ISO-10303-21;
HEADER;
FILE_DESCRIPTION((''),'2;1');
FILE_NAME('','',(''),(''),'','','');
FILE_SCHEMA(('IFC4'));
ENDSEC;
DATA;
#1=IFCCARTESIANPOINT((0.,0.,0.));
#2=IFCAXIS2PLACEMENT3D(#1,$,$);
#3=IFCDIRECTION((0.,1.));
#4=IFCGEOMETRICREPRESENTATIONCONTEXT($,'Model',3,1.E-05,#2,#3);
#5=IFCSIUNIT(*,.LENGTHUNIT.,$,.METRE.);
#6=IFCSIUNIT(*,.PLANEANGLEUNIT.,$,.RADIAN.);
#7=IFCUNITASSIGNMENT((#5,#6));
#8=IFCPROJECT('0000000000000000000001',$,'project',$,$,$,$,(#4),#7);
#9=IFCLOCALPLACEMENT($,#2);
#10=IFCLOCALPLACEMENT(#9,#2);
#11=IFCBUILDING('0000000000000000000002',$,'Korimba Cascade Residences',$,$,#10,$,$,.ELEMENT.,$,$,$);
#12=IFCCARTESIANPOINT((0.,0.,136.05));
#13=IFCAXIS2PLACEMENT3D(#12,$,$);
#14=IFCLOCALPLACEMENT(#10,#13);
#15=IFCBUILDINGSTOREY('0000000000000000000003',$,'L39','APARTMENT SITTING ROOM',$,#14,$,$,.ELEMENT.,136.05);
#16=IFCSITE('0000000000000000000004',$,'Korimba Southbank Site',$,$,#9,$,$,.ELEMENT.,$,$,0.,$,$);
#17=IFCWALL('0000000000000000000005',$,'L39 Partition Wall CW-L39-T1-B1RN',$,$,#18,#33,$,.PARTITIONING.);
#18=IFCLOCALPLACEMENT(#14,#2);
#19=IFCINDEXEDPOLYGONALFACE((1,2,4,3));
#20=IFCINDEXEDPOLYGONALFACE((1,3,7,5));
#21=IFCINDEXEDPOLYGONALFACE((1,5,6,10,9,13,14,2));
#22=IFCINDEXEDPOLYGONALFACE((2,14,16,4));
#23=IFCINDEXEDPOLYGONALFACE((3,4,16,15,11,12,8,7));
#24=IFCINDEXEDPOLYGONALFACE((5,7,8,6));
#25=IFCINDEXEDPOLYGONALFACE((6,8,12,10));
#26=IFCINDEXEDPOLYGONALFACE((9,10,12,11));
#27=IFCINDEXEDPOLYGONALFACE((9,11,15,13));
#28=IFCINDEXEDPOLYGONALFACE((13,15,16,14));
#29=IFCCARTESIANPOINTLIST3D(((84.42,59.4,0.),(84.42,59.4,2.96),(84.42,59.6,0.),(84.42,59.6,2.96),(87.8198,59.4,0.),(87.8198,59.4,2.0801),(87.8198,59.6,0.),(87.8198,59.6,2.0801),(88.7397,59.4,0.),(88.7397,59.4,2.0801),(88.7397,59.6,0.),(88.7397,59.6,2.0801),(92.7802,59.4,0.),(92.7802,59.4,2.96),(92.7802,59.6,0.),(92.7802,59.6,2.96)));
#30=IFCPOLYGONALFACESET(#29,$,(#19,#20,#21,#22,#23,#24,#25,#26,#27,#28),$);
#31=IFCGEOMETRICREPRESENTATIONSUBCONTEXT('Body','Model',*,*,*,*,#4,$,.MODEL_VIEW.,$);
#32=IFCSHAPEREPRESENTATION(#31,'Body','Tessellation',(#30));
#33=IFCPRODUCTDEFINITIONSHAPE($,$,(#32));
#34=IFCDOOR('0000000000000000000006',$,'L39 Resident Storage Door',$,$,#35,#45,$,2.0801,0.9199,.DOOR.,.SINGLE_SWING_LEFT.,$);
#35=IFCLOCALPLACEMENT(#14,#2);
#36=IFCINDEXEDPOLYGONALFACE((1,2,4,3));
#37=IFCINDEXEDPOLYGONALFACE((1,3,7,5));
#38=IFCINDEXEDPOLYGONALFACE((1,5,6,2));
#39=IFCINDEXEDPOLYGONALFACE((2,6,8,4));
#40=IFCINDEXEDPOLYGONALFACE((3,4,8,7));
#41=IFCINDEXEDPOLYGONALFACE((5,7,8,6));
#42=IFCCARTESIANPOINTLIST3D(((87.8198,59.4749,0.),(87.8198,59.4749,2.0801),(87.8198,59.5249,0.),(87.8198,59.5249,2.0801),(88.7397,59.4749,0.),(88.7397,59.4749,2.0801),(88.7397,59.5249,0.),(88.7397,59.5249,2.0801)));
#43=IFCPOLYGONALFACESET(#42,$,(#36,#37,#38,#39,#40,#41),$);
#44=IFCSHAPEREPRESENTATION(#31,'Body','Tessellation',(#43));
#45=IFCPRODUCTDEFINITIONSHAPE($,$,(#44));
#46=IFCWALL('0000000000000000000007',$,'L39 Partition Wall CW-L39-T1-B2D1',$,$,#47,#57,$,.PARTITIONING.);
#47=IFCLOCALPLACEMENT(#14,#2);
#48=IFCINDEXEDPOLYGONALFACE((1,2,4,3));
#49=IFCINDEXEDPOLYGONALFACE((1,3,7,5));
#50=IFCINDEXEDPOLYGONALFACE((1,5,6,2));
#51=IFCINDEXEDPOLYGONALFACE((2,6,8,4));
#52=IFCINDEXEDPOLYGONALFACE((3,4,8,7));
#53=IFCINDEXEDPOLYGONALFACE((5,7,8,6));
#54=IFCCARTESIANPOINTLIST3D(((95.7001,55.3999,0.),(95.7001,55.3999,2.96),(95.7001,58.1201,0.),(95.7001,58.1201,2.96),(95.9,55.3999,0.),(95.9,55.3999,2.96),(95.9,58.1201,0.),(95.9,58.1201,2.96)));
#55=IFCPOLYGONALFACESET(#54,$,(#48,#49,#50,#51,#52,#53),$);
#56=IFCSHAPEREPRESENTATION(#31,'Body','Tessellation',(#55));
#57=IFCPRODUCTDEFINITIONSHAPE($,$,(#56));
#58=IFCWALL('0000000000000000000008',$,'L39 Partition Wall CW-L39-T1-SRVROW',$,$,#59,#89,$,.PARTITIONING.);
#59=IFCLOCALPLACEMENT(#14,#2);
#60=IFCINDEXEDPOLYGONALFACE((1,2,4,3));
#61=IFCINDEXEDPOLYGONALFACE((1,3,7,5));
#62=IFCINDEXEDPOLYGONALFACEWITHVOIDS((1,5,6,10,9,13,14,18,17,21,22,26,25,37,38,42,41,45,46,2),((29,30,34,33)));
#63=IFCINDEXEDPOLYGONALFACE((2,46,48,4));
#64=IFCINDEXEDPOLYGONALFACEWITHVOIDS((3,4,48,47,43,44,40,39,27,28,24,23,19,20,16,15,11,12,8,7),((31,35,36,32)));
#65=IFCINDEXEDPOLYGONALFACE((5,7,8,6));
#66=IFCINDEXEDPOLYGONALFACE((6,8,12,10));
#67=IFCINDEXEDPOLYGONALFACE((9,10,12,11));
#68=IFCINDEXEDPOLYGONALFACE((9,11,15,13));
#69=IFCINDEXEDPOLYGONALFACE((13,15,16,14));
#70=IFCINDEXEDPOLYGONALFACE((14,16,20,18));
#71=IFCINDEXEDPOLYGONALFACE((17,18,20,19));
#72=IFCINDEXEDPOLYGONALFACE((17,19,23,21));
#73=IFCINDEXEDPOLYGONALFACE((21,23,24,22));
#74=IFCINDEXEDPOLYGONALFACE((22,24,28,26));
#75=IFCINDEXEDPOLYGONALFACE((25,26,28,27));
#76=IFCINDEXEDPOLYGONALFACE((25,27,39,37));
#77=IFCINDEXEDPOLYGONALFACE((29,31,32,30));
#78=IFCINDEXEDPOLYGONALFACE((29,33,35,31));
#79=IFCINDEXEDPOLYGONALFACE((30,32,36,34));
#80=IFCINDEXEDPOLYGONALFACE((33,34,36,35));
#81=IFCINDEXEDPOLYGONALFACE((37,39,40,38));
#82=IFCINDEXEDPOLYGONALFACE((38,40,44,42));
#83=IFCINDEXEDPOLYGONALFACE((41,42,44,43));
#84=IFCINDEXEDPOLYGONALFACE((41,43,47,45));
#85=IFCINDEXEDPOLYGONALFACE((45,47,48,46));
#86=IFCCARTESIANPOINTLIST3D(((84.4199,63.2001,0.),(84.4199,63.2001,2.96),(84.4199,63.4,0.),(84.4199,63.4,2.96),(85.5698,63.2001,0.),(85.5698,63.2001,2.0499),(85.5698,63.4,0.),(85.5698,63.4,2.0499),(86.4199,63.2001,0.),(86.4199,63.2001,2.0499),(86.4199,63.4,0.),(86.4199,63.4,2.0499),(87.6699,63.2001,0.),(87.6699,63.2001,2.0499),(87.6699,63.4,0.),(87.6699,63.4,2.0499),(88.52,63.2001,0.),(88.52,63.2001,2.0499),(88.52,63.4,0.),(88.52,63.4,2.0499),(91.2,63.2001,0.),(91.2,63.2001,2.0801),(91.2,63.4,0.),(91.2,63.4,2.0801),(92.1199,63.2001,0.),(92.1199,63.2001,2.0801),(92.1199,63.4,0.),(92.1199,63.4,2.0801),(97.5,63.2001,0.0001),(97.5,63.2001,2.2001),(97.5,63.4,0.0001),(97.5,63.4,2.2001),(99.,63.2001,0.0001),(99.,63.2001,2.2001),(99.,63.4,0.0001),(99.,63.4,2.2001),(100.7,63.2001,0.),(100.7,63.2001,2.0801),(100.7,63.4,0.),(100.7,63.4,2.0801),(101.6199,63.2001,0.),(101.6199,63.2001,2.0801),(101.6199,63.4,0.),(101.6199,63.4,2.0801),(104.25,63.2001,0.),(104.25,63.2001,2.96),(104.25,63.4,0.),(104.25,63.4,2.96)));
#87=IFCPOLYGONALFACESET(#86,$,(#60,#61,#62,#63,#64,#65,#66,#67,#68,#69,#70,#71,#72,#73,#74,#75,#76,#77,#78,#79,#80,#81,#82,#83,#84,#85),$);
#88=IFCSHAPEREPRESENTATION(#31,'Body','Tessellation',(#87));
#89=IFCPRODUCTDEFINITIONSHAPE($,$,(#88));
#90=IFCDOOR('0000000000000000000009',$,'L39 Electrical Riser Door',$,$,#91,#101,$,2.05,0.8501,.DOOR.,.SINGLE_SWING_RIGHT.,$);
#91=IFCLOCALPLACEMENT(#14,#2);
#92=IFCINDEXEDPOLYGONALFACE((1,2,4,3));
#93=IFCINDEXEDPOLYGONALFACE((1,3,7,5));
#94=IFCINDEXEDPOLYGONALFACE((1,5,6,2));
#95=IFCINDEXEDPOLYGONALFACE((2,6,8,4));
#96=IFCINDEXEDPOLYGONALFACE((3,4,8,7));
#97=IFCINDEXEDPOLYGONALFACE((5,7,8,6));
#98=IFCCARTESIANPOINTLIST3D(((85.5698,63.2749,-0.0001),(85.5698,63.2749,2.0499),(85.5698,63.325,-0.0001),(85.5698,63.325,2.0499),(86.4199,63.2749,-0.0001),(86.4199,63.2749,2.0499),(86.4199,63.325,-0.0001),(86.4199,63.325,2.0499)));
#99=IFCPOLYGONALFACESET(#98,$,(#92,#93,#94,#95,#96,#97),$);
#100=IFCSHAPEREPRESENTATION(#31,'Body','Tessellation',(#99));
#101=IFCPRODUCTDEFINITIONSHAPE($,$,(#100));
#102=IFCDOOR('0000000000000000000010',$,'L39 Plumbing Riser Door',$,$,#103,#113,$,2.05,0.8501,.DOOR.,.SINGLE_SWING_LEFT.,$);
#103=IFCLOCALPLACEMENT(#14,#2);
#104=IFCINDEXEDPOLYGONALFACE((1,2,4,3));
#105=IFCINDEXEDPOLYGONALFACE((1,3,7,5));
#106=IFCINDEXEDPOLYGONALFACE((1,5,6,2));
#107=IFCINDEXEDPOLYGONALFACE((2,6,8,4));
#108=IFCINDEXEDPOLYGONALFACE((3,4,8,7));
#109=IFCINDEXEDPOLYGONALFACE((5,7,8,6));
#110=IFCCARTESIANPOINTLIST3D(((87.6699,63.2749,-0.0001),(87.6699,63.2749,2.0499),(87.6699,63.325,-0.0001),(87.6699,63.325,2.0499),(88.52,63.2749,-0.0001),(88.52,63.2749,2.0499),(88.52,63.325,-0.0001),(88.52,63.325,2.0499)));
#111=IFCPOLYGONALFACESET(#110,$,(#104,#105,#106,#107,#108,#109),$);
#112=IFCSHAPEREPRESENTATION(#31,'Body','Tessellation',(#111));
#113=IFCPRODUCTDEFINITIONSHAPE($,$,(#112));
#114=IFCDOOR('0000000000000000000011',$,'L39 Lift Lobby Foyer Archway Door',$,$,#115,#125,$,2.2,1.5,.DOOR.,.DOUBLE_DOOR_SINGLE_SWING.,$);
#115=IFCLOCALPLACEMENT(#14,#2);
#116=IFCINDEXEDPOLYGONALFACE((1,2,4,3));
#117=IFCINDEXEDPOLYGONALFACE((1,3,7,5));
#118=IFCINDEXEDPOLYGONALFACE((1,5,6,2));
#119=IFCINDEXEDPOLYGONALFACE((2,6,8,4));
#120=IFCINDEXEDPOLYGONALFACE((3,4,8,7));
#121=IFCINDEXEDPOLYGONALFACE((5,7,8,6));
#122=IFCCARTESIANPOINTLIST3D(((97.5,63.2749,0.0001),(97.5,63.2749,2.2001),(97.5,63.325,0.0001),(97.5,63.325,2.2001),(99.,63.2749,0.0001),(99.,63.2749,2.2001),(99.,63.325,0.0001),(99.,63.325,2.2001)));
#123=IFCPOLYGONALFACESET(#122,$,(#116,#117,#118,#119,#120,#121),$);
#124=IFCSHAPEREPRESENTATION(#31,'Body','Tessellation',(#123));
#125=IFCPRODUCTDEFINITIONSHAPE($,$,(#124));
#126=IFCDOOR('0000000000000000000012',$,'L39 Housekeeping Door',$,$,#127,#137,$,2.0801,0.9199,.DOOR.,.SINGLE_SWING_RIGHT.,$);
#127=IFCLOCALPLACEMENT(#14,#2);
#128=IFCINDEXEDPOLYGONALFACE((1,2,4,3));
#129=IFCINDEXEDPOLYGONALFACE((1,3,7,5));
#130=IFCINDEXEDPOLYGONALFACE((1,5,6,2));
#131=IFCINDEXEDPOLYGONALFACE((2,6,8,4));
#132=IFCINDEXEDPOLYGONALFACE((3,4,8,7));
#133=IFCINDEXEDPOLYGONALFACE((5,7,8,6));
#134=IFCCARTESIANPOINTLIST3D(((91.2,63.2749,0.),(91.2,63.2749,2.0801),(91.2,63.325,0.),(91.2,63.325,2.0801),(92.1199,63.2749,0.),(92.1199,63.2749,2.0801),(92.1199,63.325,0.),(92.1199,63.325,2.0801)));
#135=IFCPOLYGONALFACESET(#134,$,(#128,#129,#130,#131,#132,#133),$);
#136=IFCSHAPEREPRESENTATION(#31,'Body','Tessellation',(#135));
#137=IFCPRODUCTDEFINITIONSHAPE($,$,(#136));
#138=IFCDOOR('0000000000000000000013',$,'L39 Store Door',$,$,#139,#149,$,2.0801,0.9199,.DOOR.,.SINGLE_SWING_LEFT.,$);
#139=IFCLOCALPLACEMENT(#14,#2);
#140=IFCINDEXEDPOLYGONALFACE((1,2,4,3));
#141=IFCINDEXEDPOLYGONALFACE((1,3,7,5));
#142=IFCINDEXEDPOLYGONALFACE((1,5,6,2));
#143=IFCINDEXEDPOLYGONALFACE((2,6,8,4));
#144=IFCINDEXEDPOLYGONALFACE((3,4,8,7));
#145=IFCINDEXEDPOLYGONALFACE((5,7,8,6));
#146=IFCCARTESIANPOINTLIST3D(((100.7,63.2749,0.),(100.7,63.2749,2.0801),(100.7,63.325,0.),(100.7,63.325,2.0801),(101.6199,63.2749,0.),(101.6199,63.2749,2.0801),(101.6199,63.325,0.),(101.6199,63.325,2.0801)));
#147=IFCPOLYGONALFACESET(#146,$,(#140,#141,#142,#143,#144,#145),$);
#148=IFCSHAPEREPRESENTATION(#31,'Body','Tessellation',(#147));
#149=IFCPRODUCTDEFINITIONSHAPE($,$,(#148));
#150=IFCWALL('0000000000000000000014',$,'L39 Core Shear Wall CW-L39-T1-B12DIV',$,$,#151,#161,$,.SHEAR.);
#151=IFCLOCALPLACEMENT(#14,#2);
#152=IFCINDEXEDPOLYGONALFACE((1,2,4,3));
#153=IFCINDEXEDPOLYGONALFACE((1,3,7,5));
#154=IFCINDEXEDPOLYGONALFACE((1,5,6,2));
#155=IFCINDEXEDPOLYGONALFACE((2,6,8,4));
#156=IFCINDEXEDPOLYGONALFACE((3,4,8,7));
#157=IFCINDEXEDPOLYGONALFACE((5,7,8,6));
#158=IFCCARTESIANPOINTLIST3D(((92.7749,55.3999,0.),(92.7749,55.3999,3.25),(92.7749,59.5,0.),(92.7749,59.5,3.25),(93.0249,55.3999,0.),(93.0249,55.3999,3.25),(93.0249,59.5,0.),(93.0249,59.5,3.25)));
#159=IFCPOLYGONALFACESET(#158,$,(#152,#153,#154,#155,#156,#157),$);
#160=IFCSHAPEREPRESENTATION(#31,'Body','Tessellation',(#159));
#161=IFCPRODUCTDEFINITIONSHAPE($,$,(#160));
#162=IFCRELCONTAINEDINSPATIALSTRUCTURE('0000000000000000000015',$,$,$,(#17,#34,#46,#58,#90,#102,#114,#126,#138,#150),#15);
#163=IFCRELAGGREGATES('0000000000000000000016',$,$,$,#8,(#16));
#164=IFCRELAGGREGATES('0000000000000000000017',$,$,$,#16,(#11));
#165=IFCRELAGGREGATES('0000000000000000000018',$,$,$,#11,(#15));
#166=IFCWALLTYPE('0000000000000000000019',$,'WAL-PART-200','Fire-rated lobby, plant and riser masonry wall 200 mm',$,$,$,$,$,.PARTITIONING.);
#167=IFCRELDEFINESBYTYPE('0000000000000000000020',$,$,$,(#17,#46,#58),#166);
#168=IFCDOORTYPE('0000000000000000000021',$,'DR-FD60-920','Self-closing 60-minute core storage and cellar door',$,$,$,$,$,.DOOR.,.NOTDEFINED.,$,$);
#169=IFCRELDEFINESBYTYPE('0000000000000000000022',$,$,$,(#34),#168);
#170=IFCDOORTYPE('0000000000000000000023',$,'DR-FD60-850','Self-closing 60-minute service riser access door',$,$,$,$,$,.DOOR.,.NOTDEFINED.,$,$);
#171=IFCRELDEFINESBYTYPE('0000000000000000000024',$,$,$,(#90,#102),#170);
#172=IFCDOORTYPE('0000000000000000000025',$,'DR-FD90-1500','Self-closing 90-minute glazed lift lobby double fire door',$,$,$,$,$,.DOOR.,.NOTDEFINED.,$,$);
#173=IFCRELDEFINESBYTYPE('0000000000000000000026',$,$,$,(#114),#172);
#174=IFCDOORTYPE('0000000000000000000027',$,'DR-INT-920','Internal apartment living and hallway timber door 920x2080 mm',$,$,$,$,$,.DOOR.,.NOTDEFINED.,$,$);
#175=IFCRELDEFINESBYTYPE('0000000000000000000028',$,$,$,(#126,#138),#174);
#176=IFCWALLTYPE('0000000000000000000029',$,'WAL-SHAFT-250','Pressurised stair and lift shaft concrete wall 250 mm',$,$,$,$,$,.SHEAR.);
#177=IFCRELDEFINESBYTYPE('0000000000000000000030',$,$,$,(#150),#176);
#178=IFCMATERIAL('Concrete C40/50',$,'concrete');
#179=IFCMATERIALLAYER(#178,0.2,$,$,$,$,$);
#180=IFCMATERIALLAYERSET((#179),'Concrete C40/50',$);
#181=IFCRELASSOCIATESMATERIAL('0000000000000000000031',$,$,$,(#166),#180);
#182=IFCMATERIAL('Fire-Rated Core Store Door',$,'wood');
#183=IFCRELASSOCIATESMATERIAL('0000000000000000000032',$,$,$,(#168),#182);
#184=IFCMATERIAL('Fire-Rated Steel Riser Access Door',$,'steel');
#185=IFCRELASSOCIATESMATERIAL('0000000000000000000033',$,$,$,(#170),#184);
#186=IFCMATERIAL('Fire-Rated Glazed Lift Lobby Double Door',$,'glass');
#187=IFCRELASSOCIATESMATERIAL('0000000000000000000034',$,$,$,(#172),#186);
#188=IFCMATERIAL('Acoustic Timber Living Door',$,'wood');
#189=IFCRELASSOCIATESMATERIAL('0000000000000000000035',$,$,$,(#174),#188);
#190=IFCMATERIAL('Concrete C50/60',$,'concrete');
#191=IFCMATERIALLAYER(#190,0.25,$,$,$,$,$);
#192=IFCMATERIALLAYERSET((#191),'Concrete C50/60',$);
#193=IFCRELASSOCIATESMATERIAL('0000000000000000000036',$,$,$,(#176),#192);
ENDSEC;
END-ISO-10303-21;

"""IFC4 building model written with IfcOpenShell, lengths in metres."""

from ifc_helpers import new_model, si_unit, direction, frame, frame_2d, origin, place, context, subcontext, project, spatial, rectangle, extrude, material, layer, layer_set, type_object, element, fill, save


model = new_model("IFC4")

# Units and contexts
model_context = context("Model", 3, precision=1e-05, world=origin(), true_north=direction((0.0, 1.0)))
body_context = subcontext(model_context, "Body", "Model", "MODEL_VIEW")
ifc_project = project(units=[si_unit("LENGTHUNIT", "METRE"), si_unit("PLANEANGLEUNIT", "RADIAN")], contexts=[model_context])

# Site, building, storey
site_placement = place(None, origin())
site = spatial("IfcSite", under=ifc_project, at=site_placement, Name="Korimba Southbank Site", CompositionType="ELEMENT", RefElevation=0.0)
building_placement = place(site_placement, origin())
building = spatial("IfcBuilding", under=site, at=building_placement, Name="Korimba Cascade Residences", CompositionType="ELEMENT")
storey_placement = place(building_placement, frame((0.0, 0.0, 136.05)))
storey = spatial("IfcBuildingStorey", under=building, at=storey_placement, Name="L39", Description="APARTMENT SITTING ROOM", CompositionType="ELEMENT", Elevation=136.05)

# Wall, opening, door
ifc_material_1 = material(Name="Concrete C40/50", Category="concrete")
ifc_layer_1 = layer(ifc_material_1, 0.2)
ifc_layer_set_1 = layer_set([ifc_layer_1], Name="Concrete C40/50")
wall_type_1 = type_object("IfcWallType", Name="WAL-PART-200", Description="Fire-rated lobby, plant and riser masonry wall 200 mm", PredefinedType="PARTITIONING", material=ifc_layer_set_1)
wall_1_placement = place(storey_placement, frame((84.4199, 59.5, 0.0), z_axis=(0.0, 0.0, 1.0), x_axis=(1.0, 0.0, 0.0)))
wall_1 = element("IfcWall", 1, at=wall_1_placement, inside=storey, type_object=wall_type_1, Name="L39 Partition Wall CW-L39-T1-B1RN", PredefinedType="PARTITIONING", context=body_context, shape_type="SweptSolid", body=[
    extrude(rectangle(XDim=8.3601, YDim=0.2, at=frame_2d((4.1802, 0.0))), origin(), (0.0, 0.0, 1.0), 2.96),
])
opening_1_placement = place(wall_1_placement, frame((3.3999, 0.0, 0.0)))
opening_1 = element("IfcOpeningElement", 2, at=opening_1_placement, cuts=wall_1, PredefinedType="OPENING", context=body_context, shape_type="SweptSolid", body=[
    extrude(rectangle(XDim=0.9199, YDim=2.0801, at=frame_2d((0.46, 1.04))), frame((0.0, 0.1099, 0.0), z_axis=(0.0, -1.0, 0.0), x_axis=(1.0, 0.0, 0.0)), (0.0, 0.0, 1.0), 0.22),
])
ifc_material_2 = material(Name="Fire-Rated Core Store Door", Category="wood")
door_type_1 = type_object("IfcDoorType", Name="DR-FD60-920", Description="Self-closing 60-minute core storage and cellar door", OperationType="NOTDEFINED", PredefinedType="DOOR", material=ifc_material_2)
door_1_placement = place(opening_1_placement, origin())
door_1 = element("IfcDoor", 3, at=door_1_placement, inside=storey, type_object=door_type_1, Name="L39 Resident Storage Door", OperationType="SINGLE_SWING_LEFT", OverallHeight=2.0801, OverallWidth=0.9199, PredefinedType="DOOR", context=body_context, shape_type="SweptSolid", body=[
    extrude(rectangle(XDim=0.9199, YDim=2.0801, at=frame_2d((0.46, 1.04))), frame((0.0, 0.0249, 0.0), z_axis=(0.0, -1.0, 0.0), x_axis=(1.0, 0.0, 0.0)), (0.0, 0.0, 1.0), 0.05),
])
fill(opening_1, door_1)

# Wall
wall_2_placement = place(storey_placement, frame((95.8, 55.3999, 0.0), z_axis=(0.0, 0.0, 1.0), x_axis=(0.0, 1.0, 0.0)))
element("IfcWall", 4, at=wall_2_placement, inside=storey, type_object=wall_type_1, Name="L39 Partition Wall CW-L39-T1-B2D1", PredefinedType="PARTITIONING", context=body_context, shape_type="SweptSolid", body=[
    extrude(rectangle(XDim=2.7202, YDim=0.2, at=frame_2d((1.3601, 0.0))), origin(), (0.0, 0.0, 1.0), 2.96),
])

# Wall, openings, doors
wall_3_placement = place(storey_placement, frame((84.4199, 63.3, 0.0), z_axis=(0.0, 0.0, 1.0), x_axis=(1.0, 0.0, 0.0)))
wall_3 = element("IfcWall", 5, at=wall_3_placement, inside=storey, type_object=wall_type_1, Name="L39 Partition Wall CW-L39-T1-SRVROW", PredefinedType="PARTITIONING", context=body_context, shape_type="SweptSolid", body=[
    extrude(rectangle(XDim=19.8301, YDim=0.2, at=frame_2d((9.915, 0.0))), origin(), (0.0, 0.0, 1.0), 2.96),
])
opening_2_placement = place(wall_3_placement, frame((1.1499, 0.0, 0.0)))
opening_2 = element("IfcOpeningElement", 6, at=opening_2_placement, cuts=wall_3, PredefinedType="OPENING", context=body_context, shape_type="SweptSolid", body=[
    extrude(rectangle(XDim=0.8501, YDim=2.05, at=frame_2d((0.425, 1.0249))), frame((0.0, 0.1099, 0.0), z_axis=(0.0, -1.0, 0.0), x_axis=(1.0, 0.0, 0.0)), (0.0, 0.0, 1.0), 0.22),
])
opening_3_placement = place(wall_3_placement, frame((3.25, 0.0, 0.0)))
opening_3 = element("IfcOpeningElement", 7, at=opening_3_placement, cuts=wall_3, PredefinedType="OPENING", context=body_context, shape_type="SweptSolid", body=[
    extrude(rectangle(XDim=0.8501, YDim=2.05, at=frame_2d((0.425, 1.0249))), frame((0.0, 0.1099, 0.0), z_axis=(0.0, -1.0, 0.0), x_axis=(1.0, 0.0, 0.0)), (0.0, 0.0, 1.0), 0.22),
])
opening_4_placement = place(wall_3_placement, frame((13.0801, 0.0, 0.0)))
opening_4 = element("IfcOpeningElement", 8, at=opening_4_placement, cuts=wall_3, PredefinedType="OPENING", context=body_context, shape_type="SweptSolid", body=[
    extrude(rectangle(XDim=1.5, YDim=2.2, at=frame_2d((0.75, 1.1001))), frame((0.0, 0.1099, 0.0), z_axis=(0.0, -1.0, 0.0), x_axis=(1.0, 0.0, 0.0)), (0.0, 0.0, 1.0), 0.22),
])
opening_5_placement = place(wall_3_placement, frame((6.78, 0.0, 0.0)))
opening_5 = element("IfcOpeningElement", 9, at=opening_5_placement, cuts=wall_3, PredefinedType="OPENING", context=body_context, shape_type="SweptSolid", body=[
    extrude(rectangle(XDim=0.9199, YDim=2.0801, at=frame_2d((0.46, 1.04))), frame((0.0, 0.1099, 0.0), z_axis=(0.0, -1.0, 0.0), x_axis=(1.0, 0.0, 0.0)), (0.0, 0.0, 1.0), 0.22),
])
opening_6_placement = place(wall_3_placement, frame((16.28, 0.0, 0.0)))
opening_6 = element("IfcOpeningElement", 10, at=opening_6_placement, cuts=wall_3, PredefinedType="OPENING", context=body_context, shape_type="SweptSolid", body=[
    extrude(rectangle(XDim=0.9199, YDim=2.0801, at=frame_2d((0.46, 1.04))), frame((0.0, 0.1099, 0.0), z_axis=(0.0, -1.0, 0.0), x_axis=(1.0, 0.0, 0.0)), (0.0, 0.0, 1.0), 0.22),
])
ifc_material_3 = material(Name="Fire-Rated Steel Riser Access Door", Category="steel")
door_type_2 = type_object("IfcDoorType", Name="DR-FD60-850", Description="Self-closing 60-minute service riser access door", OperationType="NOTDEFINED", PredefinedType="DOOR", material=ifc_material_3)
door_2_placement = place(opening_2_placement, origin())
door_2 = element("IfcDoor", 11, at=door_2_placement, inside=storey, type_object=door_type_2, Name="L39 Electrical Riser Door", OperationType="SINGLE_SWING_RIGHT", OverallHeight=2.05, OverallWidth=0.8501, PredefinedType="DOOR", context=body_context, shape_type="SweptSolid", body=[
    extrude(rectangle(XDim=0.8501, YDim=2.05, at=frame_2d((0.425, 1.0249))), frame((0.0, 0.0249, 0.0), z_axis=(0.0, -1.0, 0.0), x_axis=(1.0, 0.0, 0.0)), (0.0, 0.0, 1.0), 0.05),
])
fill(opening_2, door_2)
door_3_placement = place(opening_3_placement, origin())
door_3 = element("IfcDoor", 12, at=door_3_placement, inside=storey, type_object=door_type_2, Name="L39 Plumbing Riser Door", OperationType="SINGLE_SWING_LEFT", OverallHeight=2.05, OverallWidth=0.8501, PredefinedType="DOOR", context=body_context, shape_type="SweptSolid", body=[
    extrude(rectangle(XDim=0.8501, YDim=2.05, at=frame_2d((0.425, 1.0249))), frame((0.0, 0.0249, 0.0), z_axis=(0.0, -1.0, 0.0), x_axis=(1.0, 0.0, 0.0)), (0.0, 0.0, 1.0), 0.05),
])
fill(opening_3, door_3)
ifc_material_4 = material(Name="Fire-Rated Glazed Lift Lobby Double Door", Category="glass")
door_type_3 = type_object("IfcDoorType", Name="DR-FD90-1500", Description="Self-closing 90-minute glazed lift lobby double fire door", OperationType="NOTDEFINED", PredefinedType="DOOR", material=ifc_material_4)
door_4_placement = place(opening_4_placement, origin())
door_4 = element("IfcDoor", 13, at=door_4_placement, inside=storey, type_object=door_type_3, Name="L39 Lift Lobby Foyer Archway Door", OperationType="DOUBLE_DOOR_SINGLE_SWING", OverallHeight=2.2, OverallWidth=1.5, PredefinedType="DOOR", context=body_context, shape_type="SweptSolid", body=[
    extrude(rectangle(XDim=1.5, YDim=2.2, at=frame_2d((0.75, 1.1001))), frame((0.0, 0.0249, 0.0), z_axis=(0.0, -1.0, 0.0), x_axis=(1.0, 0.0, 0.0)), (0.0, 0.0, 1.0), 0.05),
])
fill(opening_4, door_4)
ifc_material_5 = material(Name="Acoustic Timber Living Door", Category="wood")
door_type_4 = type_object("IfcDoorType", Name="DR-INT-920", Description="Internal apartment living and hallway timber door 920x2080 mm", OperationType="NOTDEFINED", PredefinedType="DOOR", material=ifc_material_5)
door_5_placement = place(opening_5_placement, origin())
door_5 = element("IfcDoor", 14, at=door_5_placement, inside=storey, type_object=door_type_4, Name="L39 Housekeeping Door", OperationType="SINGLE_SWING_RIGHT", OverallHeight=2.0801, OverallWidth=0.9199, PredefinedType="DOOR", context=body_context, shape_type="SweptSolid", body=[
    extrude(rectangle(XDim=0.9199, YDim=2.0801, at=frame_2d((0.46, 1.04))), frame((0.0, 0.0249, 0.0), z_axis=(0.0, -1.0, 0.0), x_axis=(1.0, 0.0, 0.0)), (0.0, 0.0, 1.0), 0.05),
])
fill(opening_5, door_5)
door_6_placement = place(opening_6_placement, origin())
door_6 = element("IfcDoor", 15, at=door_6_placement, inside=storey, type_object=door_type_4, Name="L39 Store Door", OperationType="SINGLE_SWING_LEFT", OverallHeight=2.0801, OverallWidth=0.9199, PredefinedType="DOOR", context=body_context, shape_type="SweptSolid", body=[
    extrude(rectangle(XDim=0.9199, YDim=2.0801, at=frame_2d((0.46, 1.04))), frame((0.0, 0.0249, 0.0), z_axis=(0.0, -1.0, 0.0), x_axis=(1.0, 0.0, 0.0)), (0.0, 0.0, 1.0), 0.05),
])
fill(opening_6, door_6)

# Wall
ifc_material_6 = material(Name="Concrete C50/60", Category="concrete")
ifc_layer_2 = layer(ifc_material_6, 0.25)
ifc_layer_set_2 = layer_set([ifc_layer_2], Name="Concrete C50/60")
wall_type_2 = type_object("IfcWallType", Name="WAL-SHAFT-250", Description="Pressurised stair and lift shaft concrete wall 250 mm", PredefinedType="SHEAR", material=ifc_layer_set_2)
wall_4_placement = place(storey_placement, frame((92.8999, 55.3999, 0.0), z_axis=(0.0, 0.0, 1.0), x_axis=(0.0, 1.0, 0.0)))
element("IfcWall", 16, at=wall_4_placement, inside=storey, type_object=wall_type_2, Name="L39 Core Shear Wall CW-L39-T1-B12DIV", PredefinedType="SHEAR", context=body_context, shape_type="SweptSolid", body=[
    extrude(rectangle(XDim=4.1001, YDim=0.25, at=frame_2d((2.05, 0.0))), origin(), (0.0, 0.0, 1.0), 3.25),
])

save(model, "model.ifc")
